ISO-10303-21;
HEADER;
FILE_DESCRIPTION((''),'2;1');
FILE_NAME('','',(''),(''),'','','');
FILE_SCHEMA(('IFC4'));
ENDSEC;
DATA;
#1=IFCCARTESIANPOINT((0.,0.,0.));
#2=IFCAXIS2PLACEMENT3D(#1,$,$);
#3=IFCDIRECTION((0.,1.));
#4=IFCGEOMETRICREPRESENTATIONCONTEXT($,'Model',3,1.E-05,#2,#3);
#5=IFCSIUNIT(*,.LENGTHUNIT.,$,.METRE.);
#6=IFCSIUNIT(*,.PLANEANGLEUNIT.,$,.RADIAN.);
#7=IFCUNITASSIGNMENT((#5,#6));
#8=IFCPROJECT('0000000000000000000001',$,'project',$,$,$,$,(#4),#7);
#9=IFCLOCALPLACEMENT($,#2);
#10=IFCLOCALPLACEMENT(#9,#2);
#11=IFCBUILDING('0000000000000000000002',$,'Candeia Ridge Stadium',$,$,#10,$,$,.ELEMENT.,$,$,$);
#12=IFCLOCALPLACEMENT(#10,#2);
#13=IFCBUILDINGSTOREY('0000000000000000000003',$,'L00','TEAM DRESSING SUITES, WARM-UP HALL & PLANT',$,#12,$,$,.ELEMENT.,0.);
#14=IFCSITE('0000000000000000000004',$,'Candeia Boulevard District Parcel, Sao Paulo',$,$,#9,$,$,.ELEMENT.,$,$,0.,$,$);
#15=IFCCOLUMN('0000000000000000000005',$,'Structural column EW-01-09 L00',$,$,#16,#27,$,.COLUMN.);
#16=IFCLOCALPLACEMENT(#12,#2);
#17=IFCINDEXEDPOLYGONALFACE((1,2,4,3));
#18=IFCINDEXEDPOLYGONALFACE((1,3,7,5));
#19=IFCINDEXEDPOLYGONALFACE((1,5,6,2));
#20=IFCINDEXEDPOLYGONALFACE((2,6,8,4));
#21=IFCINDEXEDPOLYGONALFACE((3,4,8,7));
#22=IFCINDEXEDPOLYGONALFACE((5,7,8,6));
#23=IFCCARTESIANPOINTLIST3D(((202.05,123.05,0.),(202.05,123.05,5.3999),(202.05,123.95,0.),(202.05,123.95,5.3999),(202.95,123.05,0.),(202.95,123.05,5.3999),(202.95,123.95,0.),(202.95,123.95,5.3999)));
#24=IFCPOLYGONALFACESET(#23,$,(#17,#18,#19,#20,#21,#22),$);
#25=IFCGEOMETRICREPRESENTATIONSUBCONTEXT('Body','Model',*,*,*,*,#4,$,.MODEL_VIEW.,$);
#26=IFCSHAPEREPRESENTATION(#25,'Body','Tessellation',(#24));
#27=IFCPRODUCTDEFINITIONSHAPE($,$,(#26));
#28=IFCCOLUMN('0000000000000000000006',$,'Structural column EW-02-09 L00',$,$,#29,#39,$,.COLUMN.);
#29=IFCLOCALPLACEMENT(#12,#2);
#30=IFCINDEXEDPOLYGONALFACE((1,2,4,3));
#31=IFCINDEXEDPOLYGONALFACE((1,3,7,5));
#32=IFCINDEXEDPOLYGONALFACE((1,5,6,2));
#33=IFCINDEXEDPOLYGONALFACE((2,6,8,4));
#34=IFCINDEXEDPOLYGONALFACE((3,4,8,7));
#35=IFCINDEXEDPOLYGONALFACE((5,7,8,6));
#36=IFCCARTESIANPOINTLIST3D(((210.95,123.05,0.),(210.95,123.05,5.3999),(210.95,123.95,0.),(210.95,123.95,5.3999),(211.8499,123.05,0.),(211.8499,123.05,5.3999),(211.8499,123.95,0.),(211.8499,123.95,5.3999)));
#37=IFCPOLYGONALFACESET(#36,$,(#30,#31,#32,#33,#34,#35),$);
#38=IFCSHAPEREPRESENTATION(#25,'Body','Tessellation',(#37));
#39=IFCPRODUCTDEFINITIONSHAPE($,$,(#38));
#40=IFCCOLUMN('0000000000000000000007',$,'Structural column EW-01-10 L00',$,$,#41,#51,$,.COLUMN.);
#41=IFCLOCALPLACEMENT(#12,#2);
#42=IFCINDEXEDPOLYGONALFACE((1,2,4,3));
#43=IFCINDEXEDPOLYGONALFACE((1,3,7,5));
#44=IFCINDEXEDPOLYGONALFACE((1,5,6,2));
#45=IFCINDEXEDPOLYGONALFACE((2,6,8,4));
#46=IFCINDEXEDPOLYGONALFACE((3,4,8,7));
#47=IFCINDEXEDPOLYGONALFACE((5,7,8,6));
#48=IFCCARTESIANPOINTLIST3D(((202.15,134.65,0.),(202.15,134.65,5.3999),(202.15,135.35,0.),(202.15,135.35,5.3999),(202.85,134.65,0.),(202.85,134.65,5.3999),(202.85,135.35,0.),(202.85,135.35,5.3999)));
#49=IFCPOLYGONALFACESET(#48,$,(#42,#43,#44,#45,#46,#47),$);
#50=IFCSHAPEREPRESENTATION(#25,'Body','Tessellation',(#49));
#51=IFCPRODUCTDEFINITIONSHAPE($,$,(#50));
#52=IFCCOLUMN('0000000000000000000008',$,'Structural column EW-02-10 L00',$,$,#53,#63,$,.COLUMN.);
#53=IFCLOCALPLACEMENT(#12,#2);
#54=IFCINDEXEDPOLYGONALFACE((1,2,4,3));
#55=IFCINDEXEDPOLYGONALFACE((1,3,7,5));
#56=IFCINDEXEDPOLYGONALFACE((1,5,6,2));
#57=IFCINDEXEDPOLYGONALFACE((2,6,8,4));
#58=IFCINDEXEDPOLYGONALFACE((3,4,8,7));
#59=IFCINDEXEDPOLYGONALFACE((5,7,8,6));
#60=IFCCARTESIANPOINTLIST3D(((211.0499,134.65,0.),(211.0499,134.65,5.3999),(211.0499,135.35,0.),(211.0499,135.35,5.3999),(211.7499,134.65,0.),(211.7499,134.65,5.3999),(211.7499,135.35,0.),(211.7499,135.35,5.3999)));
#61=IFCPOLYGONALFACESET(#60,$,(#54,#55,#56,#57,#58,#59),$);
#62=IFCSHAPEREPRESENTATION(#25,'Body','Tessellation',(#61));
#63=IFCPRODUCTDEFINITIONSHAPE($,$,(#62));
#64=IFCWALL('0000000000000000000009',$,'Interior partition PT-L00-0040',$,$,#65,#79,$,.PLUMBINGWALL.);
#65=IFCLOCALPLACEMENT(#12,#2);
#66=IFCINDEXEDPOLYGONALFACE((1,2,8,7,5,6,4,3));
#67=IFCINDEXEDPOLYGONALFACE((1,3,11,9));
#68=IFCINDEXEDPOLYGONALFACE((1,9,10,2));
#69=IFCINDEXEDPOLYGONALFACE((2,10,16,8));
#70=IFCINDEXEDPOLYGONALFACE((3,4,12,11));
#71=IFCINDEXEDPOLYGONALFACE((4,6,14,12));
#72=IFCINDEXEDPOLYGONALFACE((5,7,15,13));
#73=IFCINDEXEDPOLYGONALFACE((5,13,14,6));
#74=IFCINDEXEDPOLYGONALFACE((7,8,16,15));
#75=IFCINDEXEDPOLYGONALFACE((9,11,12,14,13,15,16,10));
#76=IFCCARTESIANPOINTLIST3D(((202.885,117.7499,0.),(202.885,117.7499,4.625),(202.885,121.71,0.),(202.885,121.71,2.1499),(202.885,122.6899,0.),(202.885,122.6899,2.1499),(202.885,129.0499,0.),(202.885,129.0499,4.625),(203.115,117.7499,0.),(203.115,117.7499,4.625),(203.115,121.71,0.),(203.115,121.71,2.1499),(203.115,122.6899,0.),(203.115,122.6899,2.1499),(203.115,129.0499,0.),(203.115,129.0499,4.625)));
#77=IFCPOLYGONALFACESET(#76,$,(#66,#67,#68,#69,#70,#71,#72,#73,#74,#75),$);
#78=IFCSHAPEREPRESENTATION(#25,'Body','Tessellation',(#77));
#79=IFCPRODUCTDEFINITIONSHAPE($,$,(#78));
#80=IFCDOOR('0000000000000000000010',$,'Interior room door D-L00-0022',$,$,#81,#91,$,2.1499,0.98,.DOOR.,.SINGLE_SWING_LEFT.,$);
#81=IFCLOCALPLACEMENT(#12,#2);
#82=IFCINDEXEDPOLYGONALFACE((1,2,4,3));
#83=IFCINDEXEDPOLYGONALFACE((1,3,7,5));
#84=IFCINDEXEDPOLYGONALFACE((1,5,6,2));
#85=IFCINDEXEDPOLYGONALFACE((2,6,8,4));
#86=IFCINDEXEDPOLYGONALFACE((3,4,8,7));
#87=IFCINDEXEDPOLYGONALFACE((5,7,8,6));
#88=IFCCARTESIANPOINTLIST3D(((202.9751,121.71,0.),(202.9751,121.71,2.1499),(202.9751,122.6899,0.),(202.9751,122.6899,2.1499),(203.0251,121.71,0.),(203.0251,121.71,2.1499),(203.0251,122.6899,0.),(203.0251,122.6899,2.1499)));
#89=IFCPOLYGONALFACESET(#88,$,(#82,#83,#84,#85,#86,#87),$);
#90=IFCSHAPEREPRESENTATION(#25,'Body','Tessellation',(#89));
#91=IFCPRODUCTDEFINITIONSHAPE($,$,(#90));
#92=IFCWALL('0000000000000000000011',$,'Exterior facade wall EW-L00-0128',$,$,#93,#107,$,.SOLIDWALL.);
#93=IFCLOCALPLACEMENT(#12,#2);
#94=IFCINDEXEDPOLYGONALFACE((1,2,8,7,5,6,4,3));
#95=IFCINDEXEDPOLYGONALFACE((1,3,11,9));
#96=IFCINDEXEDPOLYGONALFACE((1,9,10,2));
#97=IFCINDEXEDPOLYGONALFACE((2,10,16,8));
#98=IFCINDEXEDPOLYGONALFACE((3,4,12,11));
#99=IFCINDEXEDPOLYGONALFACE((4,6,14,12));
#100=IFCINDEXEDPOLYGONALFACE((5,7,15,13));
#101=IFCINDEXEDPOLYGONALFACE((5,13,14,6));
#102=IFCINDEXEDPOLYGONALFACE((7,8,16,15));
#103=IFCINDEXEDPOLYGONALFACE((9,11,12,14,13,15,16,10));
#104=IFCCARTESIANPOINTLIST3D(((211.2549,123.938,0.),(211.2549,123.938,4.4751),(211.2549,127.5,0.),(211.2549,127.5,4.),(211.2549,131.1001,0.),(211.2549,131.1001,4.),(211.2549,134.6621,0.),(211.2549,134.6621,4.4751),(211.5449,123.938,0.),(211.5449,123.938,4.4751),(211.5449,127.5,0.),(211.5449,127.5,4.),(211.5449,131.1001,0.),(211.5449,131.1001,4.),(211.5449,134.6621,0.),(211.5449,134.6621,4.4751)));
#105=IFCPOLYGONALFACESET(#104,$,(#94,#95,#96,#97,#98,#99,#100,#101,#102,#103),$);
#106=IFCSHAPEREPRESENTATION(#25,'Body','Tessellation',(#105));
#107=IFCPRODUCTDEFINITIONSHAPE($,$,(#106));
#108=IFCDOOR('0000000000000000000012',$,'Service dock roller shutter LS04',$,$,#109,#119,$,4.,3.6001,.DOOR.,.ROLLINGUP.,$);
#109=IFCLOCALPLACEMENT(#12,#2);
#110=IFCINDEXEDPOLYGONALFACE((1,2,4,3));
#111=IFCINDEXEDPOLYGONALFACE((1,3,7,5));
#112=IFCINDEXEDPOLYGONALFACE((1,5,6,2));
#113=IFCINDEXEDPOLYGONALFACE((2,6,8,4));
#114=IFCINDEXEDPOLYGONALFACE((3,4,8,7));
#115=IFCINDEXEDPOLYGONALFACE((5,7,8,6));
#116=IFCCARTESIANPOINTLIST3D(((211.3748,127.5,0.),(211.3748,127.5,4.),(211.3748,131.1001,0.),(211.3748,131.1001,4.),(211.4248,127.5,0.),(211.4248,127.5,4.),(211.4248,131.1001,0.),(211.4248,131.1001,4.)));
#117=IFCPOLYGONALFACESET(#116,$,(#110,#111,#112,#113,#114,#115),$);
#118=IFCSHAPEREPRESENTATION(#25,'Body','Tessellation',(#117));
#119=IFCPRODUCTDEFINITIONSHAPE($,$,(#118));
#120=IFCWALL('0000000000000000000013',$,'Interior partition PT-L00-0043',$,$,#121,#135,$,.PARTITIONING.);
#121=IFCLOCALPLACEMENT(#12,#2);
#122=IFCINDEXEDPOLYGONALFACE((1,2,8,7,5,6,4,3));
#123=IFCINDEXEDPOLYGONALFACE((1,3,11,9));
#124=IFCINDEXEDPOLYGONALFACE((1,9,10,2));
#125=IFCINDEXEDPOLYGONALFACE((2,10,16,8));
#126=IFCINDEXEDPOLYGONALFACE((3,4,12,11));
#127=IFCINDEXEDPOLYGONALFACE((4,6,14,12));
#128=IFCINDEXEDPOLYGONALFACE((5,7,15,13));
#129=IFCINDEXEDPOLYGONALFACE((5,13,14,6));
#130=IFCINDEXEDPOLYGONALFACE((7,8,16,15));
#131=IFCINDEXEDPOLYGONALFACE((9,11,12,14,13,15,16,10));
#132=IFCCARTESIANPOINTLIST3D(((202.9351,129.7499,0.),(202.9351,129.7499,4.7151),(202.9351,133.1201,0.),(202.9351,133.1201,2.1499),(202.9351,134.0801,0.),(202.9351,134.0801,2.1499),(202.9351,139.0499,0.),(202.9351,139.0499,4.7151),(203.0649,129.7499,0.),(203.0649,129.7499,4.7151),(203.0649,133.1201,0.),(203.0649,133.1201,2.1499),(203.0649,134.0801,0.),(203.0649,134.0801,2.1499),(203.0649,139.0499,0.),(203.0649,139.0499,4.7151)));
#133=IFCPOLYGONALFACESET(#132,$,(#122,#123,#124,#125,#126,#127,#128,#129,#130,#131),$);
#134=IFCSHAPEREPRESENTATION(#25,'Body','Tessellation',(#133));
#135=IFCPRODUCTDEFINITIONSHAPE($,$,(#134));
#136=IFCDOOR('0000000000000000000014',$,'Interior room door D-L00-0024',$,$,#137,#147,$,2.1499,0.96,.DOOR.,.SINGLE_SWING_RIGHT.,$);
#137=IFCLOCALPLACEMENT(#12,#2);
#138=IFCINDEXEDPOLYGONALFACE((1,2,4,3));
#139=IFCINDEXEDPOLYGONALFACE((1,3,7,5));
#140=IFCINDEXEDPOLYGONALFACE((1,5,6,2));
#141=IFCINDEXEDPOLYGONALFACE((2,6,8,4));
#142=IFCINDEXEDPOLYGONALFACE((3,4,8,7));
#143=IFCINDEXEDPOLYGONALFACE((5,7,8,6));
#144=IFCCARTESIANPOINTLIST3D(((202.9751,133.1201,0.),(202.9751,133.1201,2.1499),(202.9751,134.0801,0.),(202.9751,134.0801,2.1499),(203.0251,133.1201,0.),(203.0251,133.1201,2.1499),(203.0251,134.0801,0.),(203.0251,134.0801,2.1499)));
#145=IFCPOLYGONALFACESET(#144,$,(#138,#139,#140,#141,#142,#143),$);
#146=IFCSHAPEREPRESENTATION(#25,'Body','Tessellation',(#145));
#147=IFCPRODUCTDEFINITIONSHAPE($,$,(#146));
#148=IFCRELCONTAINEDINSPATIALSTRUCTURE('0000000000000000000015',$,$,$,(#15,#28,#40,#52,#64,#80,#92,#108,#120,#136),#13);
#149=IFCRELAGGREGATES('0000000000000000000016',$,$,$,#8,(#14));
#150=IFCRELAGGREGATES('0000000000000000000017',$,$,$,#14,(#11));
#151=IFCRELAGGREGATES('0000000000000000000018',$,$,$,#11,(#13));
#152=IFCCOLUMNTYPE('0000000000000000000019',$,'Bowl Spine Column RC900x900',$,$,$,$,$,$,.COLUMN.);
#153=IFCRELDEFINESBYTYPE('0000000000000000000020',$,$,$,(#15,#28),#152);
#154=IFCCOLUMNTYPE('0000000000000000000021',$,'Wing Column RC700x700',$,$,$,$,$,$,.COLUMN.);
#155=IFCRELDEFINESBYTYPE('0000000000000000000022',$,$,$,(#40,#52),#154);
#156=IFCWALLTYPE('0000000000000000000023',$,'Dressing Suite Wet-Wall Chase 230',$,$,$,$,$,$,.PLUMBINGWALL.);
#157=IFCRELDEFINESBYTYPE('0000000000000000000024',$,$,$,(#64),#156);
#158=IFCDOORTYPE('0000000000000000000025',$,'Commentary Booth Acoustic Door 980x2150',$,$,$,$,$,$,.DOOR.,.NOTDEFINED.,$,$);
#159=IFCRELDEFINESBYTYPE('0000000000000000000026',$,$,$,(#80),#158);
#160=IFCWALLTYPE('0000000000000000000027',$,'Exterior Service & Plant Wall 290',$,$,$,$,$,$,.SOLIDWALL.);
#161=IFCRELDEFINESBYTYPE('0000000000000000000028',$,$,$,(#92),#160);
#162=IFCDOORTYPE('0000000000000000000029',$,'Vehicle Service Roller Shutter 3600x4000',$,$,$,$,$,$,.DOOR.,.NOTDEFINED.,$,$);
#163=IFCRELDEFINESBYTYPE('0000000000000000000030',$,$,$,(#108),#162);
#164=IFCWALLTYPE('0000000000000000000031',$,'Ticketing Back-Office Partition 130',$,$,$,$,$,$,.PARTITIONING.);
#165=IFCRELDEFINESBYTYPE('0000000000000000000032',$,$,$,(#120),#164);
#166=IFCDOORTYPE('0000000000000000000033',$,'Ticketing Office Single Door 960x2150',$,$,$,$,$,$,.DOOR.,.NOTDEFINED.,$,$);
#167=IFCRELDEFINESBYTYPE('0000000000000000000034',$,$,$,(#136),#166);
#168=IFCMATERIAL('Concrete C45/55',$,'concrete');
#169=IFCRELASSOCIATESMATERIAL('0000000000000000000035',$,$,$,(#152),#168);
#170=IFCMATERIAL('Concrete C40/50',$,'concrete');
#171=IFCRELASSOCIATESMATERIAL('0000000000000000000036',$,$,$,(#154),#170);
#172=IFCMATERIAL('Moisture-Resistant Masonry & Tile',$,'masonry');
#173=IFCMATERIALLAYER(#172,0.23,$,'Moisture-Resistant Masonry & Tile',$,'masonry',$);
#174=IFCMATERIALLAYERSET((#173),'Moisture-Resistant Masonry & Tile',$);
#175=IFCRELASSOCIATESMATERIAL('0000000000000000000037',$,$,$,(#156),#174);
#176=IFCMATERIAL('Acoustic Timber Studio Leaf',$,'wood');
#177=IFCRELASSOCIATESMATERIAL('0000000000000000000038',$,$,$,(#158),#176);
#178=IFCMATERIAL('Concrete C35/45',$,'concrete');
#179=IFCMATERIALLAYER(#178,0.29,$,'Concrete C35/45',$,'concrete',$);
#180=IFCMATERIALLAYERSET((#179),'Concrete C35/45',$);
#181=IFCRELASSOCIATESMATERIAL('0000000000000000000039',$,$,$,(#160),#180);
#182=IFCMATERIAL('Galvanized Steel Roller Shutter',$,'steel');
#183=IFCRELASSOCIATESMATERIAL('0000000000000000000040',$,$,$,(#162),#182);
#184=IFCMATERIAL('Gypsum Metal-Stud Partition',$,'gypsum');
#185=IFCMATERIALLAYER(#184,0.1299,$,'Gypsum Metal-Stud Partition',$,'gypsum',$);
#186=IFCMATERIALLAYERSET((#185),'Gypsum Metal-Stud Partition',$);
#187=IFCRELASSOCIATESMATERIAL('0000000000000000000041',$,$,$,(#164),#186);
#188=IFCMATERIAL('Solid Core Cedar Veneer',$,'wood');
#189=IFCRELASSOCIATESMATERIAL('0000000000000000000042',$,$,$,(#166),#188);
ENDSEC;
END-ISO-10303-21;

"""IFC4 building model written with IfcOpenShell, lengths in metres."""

from ifc_helpers import new_model, si_unit, direction, frame, frame_2d, origin, origin_2d, place, context, subcontext, project, spatial, rectangle, extrude, material, layer, layer_set, material_profile, profile_set, type_object, element, fill, save


model = new_model("IFC4")

# Units and contexts
model_context = context("Model", 3, precision=1e-05, world=origin(), true_north=direction((0.0, 1.0)))
body_context = subcontext(model_context, "Body", "Model", "MODEL_VIEW")
ifc_project = project(units=[si_unit("LENGTHUNIT", "METRE"), si_unit("PLANEANGLEUNIT", "RADIAN")], contexts=[model_context])

# Site, building, storey
site_placement = place(None, origin())
site = spatial("IfcSite", under=ifc_project, at=site_placement, Name="Candeia Boulevard District Parcel, Sao Paulo", CompositionType="ELEMENT", RefElevation=0.0)
building_placement = place(site_placement, origin())
building = spatial("IfcBuilding", under=site, at=building_placement, Name="Candeia Ridge Stadium", CompositionType="ELEMENT")
storey_placement = place(building_placement, origin())
storey = spatial("IfcBuildingStorey", under=building, at=storey_placement, Name="L00", Description="TEAM DRESSING SUITES, WARM-UP HALL & PLANT", CompositionType="ELEMENT", Elevation=0.0)

# Shared definitions
ifc_material_1 = material(Name="Concrete C40/50", Category="concrete")

# Columns
ifc_material_2 = material(Name="Concrete C45/55", Category="concrete")
ifc_material_profile_1 = material_profile(ifc_material_2, rectangle(XDim=0.8999, YDim=0.8999, at=origin_2d()), Name="RC900x900", Category="concrete")
ifc_profile_set_1 = profile_set([ifc_material_profile_1], Name="Concrete C45/55")
column_type_1 = type_object("IfcColumnType", Name="Bowl Spine Column RC900x900", PredefinedType="COLUMN", material=ifc_profile_set_1)
for number, where, z_axis, x_axis, name in (
    (1, (202.5, 123.5, 0.0), (0.0, 0.0, 1.0), (1.0, 0.0, 0.0), "Structural column EW-01-09 L00"),
    (2, (211.3999, 123.5, 0.0), (0.0, 0.0, 1.0), (1.0, 0.0, 0.0), "Structural column EW-02-09 L00"),
):
    element("IfcColumn", number, at=place(storey_placement, frame(where, z_axis=z_axis, x_axis=x_axis)), inside=storey, type_object=column_type_1, Name=name, PredefinedType="COLUMN", context=body_context, shape_type="SweptSolid", body=[
        extrude(rectangle(XDim=0.8999, YDim=0.8999, at=origin_2d()), origin(), (0.0, 0.0, 1.0), 5.3999),
    ])
ifc_material_profile_2 = material_profile(ifc_material_1, rectangle(XDim=0.7, YDim=0.7, at=origin_2d()), Name="RC700x700", Category="concrete")
ifc_profile_set_2 = profile_set([ifc_material_profile_2], Name="Concrete C40/50")
column_type_2 = type_object("IfcColumnType", Name="Wing Column RC700x700", PredefinedType="COLUMN", material=ifc_profile_set_2)
for number, where, z_axis, x_axis, name in (
    (3, (202.5, 135.0, 0.0), (0.0, 0.0, 1.0), (1.0, 0.0, 0.0), "Structural column EW-01-10 L00"),
    (4, (211.3999, 135.0, 0.0), (0.0, 0.0, 1.0), (1.0, 0.0, 0.0), "Structural column EW-02-10 L00"),
):
    element("IfcColumn", number, at=place(storey_placement, frame(where, z_axis=z_axis, x_axis=x_axis)), inside=storey, type_object=column_type_2, Name=name, PredefinedType="COLUMN", context=body_context, shape_type="SweptSolid", body=[
        extrude(rectangle(XDim=0.7, YDim=0.7, at=origin_2d()), origin(), (0.0, 0.0, 1.0), 5.3999),
    ])

# Walls, openings, doors
ifc_material_3 = material(Name="Moisture-Resistant Masonry & Tile", Category="masonry")
ifc_layer_1 = layer(ifc_material_3, 0.23, Name="Moisture-Resistant Masonry & Tile", Category="masonry")
ifc_layer_set_1 = layer_set([ifc_layer_1], Name="Moisture-Resistant Masonry & Tile")
wall_type_1 = type_object("IfcWallType", Name="Dressing Suite Wet-Wall Chase 230", PredefinedType="PLUMBINGWALL", material=ifc_layer_set_1)
wall_1_placement = place(storey_placement, frame((203.0, 117.75, 0.0), z_axis=(0.0, 0.0, 1.0), x_axis=(0.0, 1.0, 0.0)))
wall_1 = element("IfcWall", 5, at=wall_1_placement, inside=storey, type_object=wall_type_1, Name="Interior partition PT-L00-0040", PredefinedType="PLUMBINGWALL", context=body_context, shape_type="SweptSolid", body=[
    extrude(rectangle(XDim=11.3, YDim=0.23, at=frame_2d((5.6499, 0.0))), origin(), (0.0, 0.0, 1.0), 4.625),
])
opening_1_placement = place(wall_1_placement, frame((3.96, 0.0, 0.0)))
opening_1 = element("IfcOpeningElement", 6, at=opening_1_placement, cuts=wall_1, PredefinedType="OPENING", context=body_context, shape_type="SweptSolid", body=[
    extrude(rectangle(XDim=0.98, YDim=2.1499, at=frame_2d((0.49, 1.075))), frame((0.0, 0.125, 0.0), z_axis=(0.0, -1.0, 0.0), x_axis=(1.0, 0.0, 0.0)), (0.0, 0.0, 1.0), 0.25),
])
ifc_material_4 = material(Name="Acoustic Timber Studio Leaf", Category="wood")
door_type_1 = type_object("IfcDoorType", Name="Commentary Booth Acoustic Door 980x2150", OperationType="NOTDEFINED", PredefinedType="DOOR", material=ifc_material_4)
door_1_placement = place(opening_1_placement, origin())
door_1 = element("IfcDoor", 7, at=door_1_placement, inside=storey, type_object=door_type_1, Name="Interior room door D-L00-0022", OperationType="SINGLE_SWING_LEFT", OverallHeight=2.1499, OverallWidth=0.98, PredefinedType="DOOR", context=body_context, shape_type="SweptSolid", body=[
    extrude(rectangle(XDim=0.98, YDim=2.1499, at=frame_2d((0.49, 1.075))), frame((0.0, 0.0249, 0.0), z_axis=(0.0, -1.0, 0.0), x_axis=(1.0, 0.0, 0.0)), (0.0, 0.0, 1.0), 0.05),
])
fill(opening_1, door_1)
ifc_material_5 = material(Name="Concrete C35/45", Category="concrete")
ifc_layer_2 = layer(ifc_material_5, 0.29, Name="Concrete C35/45", Category="concrete")
ifc_layer_set_2 = layer_set([ifc_layer_2], Name="Concrete C35/45")
wall_type_2 = type_object("IfcWallType", Name="Exterior Service & Plant Wall 290", PredefinedType="SOLIDWALL", material=ifc_layer_set_2)
wall_2_placement = place(storey_placement, frame((211.3999, 123.938, 0.0), z_axis=(0.0, 0.0, 1.0), x_axis=(0.0, 1.0, 0.0)))
wall_2 = element("IfcWall", 8, at=wall_2_placement, inside=storey, type_object=wall_type_2, Name="Exterior facade wall EW-L00-0128", PredefinedType="SOLIDWALL", context=body_context, shape_type="SweptSolid", body=[
    extrude(rectangle(XDim=10.7241, YDim=0.29, at=frame_2d((5.3621, 0.0))), origin(), (0.0, 0.0, 1.0), 4.4751),
])
opening_2_placement = place(wall_2_placement, frame((3.562, 0.0, 0.0)))
opening_2 = element("IfcOpeningElement", 9, at=opening_2_placement, cuts=wall_2, PredefinedType="OPENING", context=body_context, shape_type="SweptSolid", body=[
    extrude(rectangle(XDim=3.6001, YDim=4.0, at=frame_2d((1.8, 2.0))), frame((0.0, 0.155, 0.0), z_axis=(0.0, -1.0, 0.0), x_axis=(1.0, 0.0, 0.0)), (0.0, 0.0, 1.0), 0.3101),
])
ifc_material_6 = material(Name="Galvanized Steel Roller Shutter", Category="steel")
door_type_2 = type_object("IfcDoorType", Name="Vehicle Service Roller Shutter 3600x4000", OperationType="NOTDEFINED", PredefinedType="DOOR", material=ifc_material_6)
door_2_placement = place(opening_2_placement, frame((3.6001, 0.0, 0.0), z_axis=(0.0, 0.0, 1.0), x_axis=(-1.0, 0.0, 0.0)))
door_2 = element("IfcDoor", 10, at=door_2_placement, inside=storey, type_object=door_type_2, Name="Service dock roller shutter LS04", OperationType="ROLLINGUP", OverallHeight=4.0, OverallWidth=3.6001, PredefinedType="DOOR", context=body_context, shape_type="SweptSolid", body=[
    extrude(rectangle(XDim=3.6001, YDim=4.0, at=frame_2d((1.8, 2.0))), frame((0.0, 0.0249, 0.0), z_axis=(0.0, -1.0, 0.0), x_axis=(1.0, 0.0, 0.0)), (0.0, 0.0, 1.0), 0.05),
])
fill(opening_2, door_2)
ifc_material_7 = material(Name="Gypsum Metal-Stud Partition", Category="gypsum")
ifc_layer_3 = layer(ifc_material_7, 0.1299, Name="Gypsum Metal-Stud Partition", Category="gypsum")
ifc_layer_set_3 = layer_set([ifc_layer_3], Name="Gypsum Metal-Stud Partition")
wall_type_3 = type_object("IfcWallType", Name="Ticketing Back-Office Partition 130", PredefinedType="PARTITIONING", material=ifc_layer_set_3)
wall_3_placement = place(storey_placement, frame((203.0, 129.75, 0.0), z_axis=(0.0, 0.0, 1.0), x_axis=(0.0, 1.0, 0.0)))
wall_3 = element("IfcWall", 11, at=wall_3_placement, inside=storey, type_object=wall_type_3, Name="Interior partition PT-L00-0043", PredefinedType="PARTITIONING", context=body_context, shape_type="SweptSolid", body=[
    extrude(rectangle(XDim=9.3, YDim=0.1299, at=frame_2d((4.6499, 0.0))), origin(), (0.0, 0.0, 1.0), 4.7151),
])
opening_3_placement = place(wall_3_placement, frame((3.3701, 0.0, 0.0)))
opening_3 = element("IfcOpeningElement", 12, at=opening_3_placement, cuts=wall_3, PredefinedType="OPENING", context=body_context, shape_type="SweptSolid", body=[
    extrude(rectangle(XDim=0.96, YDim=2.1499, at=frame_2d((0.48, 1.075))), frame((0.0, 0.075, 0.0), z_axis=(0.0, -1.0, 0.0), x_axis=(1.0, 0.0, 0.0)), (0.0, 0.0, 1.0), 0.1499),
])
ifc_material_8 = material(Name="Solid Core Cedar Veneer", Category="wood")
door_type_3 = type_object("IfcDoorType", Name="Ticketing Office Single Door 960x2150", OperationType="NOTDEFINED", PredefinedType="DOOR", material=ifc_material_8)
door_3_placement = place(opening_3_placement, origin())
door_3 = element("IfcDoor", 13, at=door_3_placement, inside=storey, type_object=door_type_3, Name="Interior room door D-L00-0024", OperationType="SINGLE_SWING_RIGHT", OverallHeight=2.1499, OverallWidth=0.96, PredefinedType="DOOR", context=body_context, shape_type="SweptSolid", body=[
    extrude(rectangle(XDim=0.96, YDim=2.1499, at=frame_2d((0.48, 1.075))), frame((0.0, 0.0249, 0.0), z_axis=(0.0, -1.0, 0.0), x_axis=(1.0, 0.0, 0.0)), (0.0, 0.0, 1.0), 0.05),
])
fill(opening_3, door_3)

save(model, "model.ifc")
